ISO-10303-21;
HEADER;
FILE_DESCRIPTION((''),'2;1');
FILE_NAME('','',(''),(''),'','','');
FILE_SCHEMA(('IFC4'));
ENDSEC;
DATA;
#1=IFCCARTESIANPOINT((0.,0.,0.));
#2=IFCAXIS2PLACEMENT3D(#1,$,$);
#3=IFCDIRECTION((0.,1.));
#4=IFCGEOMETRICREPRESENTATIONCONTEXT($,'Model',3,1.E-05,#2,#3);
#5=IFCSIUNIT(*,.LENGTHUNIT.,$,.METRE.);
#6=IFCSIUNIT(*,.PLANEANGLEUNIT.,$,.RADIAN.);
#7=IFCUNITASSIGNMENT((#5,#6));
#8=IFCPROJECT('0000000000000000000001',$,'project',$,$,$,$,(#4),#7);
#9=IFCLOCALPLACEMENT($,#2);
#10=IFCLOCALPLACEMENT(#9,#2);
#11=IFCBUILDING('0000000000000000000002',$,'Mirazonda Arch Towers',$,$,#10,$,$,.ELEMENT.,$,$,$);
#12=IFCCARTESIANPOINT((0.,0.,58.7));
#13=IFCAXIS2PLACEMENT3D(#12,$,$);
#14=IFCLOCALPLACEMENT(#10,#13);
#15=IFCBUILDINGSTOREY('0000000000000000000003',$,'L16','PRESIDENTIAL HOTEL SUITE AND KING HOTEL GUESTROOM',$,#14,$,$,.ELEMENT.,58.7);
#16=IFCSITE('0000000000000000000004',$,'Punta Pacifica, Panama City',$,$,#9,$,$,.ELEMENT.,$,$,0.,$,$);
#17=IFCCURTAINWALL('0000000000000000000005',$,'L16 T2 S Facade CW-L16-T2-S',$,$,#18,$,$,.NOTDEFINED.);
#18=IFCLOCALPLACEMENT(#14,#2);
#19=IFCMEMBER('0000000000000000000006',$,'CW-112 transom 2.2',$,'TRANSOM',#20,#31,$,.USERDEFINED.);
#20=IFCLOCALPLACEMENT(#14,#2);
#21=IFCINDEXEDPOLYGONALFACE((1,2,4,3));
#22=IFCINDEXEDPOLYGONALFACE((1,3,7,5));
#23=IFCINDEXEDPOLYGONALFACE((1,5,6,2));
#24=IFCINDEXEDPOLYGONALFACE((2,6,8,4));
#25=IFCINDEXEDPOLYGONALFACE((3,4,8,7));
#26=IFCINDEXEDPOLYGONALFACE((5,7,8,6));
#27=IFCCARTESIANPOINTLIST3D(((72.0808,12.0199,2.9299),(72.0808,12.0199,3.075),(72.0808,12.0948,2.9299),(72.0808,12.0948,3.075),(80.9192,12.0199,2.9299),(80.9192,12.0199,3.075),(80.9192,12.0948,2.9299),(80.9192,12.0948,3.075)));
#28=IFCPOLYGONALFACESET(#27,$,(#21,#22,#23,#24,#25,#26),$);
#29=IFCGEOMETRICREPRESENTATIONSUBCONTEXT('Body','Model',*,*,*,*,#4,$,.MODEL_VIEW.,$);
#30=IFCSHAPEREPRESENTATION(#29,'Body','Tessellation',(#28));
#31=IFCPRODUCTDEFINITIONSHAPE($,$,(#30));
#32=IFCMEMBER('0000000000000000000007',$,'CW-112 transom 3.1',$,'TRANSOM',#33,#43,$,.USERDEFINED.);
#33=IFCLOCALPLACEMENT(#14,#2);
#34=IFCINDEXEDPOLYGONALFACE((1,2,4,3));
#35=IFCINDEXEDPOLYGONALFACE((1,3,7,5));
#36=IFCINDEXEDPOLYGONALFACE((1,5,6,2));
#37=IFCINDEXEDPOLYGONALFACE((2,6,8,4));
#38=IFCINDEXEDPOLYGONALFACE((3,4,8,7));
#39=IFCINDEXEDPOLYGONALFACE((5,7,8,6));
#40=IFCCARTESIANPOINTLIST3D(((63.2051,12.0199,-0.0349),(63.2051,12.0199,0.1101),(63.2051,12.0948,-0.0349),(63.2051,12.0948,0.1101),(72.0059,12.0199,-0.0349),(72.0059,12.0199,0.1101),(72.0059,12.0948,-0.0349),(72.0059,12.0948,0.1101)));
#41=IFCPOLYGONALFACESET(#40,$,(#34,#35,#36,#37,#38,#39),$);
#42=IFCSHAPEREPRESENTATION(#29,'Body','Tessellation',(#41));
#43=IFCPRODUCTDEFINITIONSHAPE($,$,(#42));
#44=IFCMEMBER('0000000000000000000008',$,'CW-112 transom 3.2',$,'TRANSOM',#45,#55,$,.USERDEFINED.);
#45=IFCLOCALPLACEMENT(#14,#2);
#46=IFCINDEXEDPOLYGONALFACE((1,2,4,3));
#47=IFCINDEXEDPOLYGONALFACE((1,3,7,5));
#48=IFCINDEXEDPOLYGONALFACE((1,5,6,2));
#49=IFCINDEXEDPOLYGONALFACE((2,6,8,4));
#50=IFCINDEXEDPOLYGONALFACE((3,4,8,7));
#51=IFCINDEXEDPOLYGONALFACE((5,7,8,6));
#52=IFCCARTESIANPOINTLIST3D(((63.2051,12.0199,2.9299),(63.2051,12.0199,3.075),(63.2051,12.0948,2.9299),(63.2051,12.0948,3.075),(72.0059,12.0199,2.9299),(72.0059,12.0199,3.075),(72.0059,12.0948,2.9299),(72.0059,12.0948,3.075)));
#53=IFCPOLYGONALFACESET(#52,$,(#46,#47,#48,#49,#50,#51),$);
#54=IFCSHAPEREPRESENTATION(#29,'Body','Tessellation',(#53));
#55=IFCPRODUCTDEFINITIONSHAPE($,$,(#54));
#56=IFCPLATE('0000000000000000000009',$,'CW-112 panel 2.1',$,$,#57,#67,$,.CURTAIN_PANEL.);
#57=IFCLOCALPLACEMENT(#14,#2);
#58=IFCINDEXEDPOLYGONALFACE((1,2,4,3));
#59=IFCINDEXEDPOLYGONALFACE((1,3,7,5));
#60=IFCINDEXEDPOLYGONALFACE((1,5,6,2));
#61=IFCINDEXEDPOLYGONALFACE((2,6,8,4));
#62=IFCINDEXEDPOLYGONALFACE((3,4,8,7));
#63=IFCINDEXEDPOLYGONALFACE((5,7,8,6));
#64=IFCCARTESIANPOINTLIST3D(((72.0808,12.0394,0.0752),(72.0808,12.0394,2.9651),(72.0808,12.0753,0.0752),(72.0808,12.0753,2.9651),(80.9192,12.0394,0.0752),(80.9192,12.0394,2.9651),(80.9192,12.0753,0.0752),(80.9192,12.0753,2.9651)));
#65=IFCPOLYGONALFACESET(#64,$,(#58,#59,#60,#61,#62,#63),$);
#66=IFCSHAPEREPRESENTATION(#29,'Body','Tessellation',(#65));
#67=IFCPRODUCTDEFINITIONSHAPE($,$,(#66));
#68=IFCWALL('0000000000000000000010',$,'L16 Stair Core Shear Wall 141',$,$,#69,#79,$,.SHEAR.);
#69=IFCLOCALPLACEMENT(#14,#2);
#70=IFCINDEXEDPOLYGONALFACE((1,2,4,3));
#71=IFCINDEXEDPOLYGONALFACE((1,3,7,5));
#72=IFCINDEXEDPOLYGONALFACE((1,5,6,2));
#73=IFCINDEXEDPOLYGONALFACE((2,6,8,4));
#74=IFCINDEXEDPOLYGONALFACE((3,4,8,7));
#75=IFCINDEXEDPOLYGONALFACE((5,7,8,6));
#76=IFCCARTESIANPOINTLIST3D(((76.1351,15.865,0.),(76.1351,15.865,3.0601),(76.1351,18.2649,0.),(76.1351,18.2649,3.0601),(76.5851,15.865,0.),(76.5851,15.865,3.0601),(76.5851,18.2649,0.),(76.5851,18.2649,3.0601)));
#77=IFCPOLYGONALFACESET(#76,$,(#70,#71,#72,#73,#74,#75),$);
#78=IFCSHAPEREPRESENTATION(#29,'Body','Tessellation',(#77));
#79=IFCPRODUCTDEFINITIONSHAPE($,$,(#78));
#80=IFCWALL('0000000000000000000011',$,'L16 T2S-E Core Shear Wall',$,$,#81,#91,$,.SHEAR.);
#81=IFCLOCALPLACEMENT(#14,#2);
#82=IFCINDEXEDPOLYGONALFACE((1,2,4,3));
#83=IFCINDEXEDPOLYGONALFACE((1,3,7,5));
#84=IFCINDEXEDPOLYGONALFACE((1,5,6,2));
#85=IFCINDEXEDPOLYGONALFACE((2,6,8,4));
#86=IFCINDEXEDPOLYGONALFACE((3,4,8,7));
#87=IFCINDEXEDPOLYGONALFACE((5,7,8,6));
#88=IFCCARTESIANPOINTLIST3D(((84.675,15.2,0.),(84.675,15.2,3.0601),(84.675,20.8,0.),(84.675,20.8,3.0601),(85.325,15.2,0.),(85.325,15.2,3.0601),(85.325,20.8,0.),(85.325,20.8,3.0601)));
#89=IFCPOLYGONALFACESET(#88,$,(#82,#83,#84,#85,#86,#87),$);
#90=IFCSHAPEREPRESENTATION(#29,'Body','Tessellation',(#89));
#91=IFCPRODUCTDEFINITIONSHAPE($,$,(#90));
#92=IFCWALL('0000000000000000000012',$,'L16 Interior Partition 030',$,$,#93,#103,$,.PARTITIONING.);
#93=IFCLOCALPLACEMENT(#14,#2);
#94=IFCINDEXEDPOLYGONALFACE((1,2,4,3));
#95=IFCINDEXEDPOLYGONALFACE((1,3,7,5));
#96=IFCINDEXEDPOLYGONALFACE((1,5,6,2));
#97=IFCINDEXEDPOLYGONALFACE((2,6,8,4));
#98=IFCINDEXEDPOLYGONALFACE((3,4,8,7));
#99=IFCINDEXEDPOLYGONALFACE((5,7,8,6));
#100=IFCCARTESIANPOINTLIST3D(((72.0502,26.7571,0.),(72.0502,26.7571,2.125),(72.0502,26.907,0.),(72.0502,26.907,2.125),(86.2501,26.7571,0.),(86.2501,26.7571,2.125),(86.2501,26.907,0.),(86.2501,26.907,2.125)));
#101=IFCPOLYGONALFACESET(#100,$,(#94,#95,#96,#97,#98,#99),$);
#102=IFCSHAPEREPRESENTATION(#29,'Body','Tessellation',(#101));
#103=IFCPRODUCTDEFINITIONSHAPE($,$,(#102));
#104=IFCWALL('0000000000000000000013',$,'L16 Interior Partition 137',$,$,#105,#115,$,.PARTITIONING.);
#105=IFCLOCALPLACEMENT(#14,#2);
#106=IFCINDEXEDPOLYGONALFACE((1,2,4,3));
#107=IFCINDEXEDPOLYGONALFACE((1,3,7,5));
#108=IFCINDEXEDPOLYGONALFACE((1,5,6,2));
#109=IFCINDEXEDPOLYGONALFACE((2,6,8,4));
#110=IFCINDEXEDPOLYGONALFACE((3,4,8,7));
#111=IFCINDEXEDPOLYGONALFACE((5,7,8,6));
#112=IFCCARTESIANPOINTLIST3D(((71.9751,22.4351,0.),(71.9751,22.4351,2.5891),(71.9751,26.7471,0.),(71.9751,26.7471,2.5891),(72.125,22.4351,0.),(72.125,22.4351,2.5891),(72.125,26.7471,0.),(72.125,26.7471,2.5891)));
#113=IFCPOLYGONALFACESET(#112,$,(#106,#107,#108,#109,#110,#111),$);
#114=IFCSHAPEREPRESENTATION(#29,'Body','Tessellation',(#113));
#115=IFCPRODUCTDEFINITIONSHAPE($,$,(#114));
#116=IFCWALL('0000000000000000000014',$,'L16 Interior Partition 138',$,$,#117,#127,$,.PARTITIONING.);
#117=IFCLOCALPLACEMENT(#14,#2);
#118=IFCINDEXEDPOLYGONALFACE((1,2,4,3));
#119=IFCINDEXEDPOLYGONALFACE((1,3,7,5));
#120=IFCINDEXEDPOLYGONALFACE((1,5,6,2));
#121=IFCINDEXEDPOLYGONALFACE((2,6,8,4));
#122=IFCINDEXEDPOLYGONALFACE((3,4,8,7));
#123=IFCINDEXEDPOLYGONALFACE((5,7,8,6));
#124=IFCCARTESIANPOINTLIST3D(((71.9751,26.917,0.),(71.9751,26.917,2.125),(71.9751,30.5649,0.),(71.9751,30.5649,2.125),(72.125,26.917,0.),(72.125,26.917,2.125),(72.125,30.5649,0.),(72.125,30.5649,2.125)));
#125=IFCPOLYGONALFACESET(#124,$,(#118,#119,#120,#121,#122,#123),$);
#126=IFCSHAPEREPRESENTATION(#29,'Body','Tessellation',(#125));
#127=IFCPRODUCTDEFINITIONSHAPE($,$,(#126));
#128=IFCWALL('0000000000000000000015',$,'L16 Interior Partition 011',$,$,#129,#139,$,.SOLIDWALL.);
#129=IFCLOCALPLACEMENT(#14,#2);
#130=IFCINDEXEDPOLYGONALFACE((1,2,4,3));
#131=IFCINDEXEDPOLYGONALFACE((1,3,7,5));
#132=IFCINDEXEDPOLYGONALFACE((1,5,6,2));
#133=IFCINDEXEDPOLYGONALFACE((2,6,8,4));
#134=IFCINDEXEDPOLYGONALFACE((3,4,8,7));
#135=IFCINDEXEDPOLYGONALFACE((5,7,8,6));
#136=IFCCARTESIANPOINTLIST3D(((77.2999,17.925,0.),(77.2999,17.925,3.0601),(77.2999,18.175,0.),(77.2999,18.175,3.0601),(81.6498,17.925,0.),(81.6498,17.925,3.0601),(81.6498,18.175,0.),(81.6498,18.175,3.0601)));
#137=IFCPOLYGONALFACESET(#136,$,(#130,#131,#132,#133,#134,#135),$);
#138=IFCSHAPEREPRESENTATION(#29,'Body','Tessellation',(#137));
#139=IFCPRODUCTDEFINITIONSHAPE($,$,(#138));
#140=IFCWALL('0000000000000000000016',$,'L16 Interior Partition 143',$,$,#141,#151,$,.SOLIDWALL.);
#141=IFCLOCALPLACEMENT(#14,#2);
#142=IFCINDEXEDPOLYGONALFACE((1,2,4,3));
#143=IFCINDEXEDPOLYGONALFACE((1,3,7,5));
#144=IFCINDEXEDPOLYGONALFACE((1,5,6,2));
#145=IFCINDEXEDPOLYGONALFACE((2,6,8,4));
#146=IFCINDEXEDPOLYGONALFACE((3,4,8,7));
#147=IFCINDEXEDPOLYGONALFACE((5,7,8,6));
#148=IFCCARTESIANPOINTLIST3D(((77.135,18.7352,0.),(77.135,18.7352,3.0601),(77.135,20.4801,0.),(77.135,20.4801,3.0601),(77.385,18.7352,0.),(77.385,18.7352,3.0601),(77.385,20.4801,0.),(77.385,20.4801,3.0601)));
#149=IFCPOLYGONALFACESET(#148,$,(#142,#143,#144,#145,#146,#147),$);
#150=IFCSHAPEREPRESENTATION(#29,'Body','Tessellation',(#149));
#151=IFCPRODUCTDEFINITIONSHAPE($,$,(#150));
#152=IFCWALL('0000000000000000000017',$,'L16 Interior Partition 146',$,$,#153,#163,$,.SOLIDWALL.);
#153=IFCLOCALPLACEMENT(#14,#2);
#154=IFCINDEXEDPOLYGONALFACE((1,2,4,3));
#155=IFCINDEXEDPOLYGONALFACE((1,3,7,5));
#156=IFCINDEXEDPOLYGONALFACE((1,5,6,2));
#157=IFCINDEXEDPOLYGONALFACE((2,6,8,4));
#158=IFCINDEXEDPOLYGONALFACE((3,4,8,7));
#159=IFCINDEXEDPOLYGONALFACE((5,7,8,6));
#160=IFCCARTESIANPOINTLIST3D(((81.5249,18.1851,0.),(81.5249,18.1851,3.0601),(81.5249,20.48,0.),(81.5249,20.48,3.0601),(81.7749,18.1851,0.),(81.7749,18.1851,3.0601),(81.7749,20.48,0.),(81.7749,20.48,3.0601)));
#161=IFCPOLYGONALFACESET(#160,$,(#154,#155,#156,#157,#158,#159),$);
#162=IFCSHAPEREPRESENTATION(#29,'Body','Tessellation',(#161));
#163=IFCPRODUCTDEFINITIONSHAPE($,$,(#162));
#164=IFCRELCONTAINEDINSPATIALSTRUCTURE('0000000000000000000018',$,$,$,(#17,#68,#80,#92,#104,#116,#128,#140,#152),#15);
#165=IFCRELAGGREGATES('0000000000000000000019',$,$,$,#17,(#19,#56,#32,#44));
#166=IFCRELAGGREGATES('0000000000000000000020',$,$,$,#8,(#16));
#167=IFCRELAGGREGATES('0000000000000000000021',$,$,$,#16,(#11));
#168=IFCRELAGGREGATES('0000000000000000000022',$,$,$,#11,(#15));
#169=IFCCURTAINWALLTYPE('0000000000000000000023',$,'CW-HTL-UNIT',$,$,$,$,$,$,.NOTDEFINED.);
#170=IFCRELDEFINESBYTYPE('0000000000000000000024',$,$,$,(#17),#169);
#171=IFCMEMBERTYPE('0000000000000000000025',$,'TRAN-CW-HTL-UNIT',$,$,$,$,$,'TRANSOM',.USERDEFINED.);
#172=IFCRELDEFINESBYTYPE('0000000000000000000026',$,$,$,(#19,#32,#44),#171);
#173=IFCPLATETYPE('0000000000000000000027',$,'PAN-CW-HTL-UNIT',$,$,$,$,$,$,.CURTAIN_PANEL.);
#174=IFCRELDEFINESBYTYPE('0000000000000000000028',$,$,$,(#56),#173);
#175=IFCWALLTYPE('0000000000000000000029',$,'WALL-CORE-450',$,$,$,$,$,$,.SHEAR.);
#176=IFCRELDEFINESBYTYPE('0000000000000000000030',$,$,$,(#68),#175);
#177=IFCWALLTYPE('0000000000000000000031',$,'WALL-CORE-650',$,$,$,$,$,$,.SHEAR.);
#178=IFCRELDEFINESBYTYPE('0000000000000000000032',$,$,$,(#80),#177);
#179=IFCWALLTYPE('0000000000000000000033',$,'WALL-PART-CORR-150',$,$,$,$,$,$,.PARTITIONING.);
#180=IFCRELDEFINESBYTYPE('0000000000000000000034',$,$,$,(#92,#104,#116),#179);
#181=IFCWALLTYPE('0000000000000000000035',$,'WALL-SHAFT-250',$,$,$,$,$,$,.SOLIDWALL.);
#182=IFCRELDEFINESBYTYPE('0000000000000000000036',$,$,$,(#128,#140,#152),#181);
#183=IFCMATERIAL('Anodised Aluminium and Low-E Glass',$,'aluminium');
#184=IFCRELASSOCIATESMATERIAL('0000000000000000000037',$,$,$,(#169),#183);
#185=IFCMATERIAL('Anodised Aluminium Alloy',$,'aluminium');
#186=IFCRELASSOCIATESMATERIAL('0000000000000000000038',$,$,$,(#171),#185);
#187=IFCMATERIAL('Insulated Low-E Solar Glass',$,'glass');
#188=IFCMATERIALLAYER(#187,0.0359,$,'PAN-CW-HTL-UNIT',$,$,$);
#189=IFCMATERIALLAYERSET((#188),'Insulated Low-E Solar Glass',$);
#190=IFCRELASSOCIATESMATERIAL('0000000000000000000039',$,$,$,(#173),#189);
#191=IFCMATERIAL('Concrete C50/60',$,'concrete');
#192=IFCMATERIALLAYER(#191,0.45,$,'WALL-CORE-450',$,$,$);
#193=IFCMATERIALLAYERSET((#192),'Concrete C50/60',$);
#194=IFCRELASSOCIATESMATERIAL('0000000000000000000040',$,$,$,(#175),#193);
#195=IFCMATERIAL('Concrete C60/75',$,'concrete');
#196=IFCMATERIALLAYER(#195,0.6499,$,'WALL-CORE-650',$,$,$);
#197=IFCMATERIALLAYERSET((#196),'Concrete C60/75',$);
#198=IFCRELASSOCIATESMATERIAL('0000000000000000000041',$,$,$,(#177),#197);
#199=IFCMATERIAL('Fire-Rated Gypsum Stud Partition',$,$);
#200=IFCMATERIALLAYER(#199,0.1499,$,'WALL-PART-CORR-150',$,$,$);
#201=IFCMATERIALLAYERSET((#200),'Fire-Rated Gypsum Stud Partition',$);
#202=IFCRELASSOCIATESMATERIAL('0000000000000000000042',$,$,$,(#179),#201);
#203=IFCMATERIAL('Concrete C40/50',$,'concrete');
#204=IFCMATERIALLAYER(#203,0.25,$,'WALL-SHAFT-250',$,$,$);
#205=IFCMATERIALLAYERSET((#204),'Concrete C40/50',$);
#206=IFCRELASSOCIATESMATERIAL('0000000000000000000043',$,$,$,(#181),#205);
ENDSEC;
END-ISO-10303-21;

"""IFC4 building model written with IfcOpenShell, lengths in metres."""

from ifc_helpers import new_model, si_unit, direction, frame, frame_2d, origin, origin_2d, place, context, subcontext, project, spatial, rectangle, extrude, material, layer, layer_set, material_profile, profile_set, type_object, element, aggregate, save


model = new_model("IFC4")

# Units and contexts
model_context = context("Model", 3, precision=1e-05, world=origin(), true_north=direction((0.0, 1.0)))
body_context = subcontext(model_context, "Body", "Model", "MODEL_VIEW")
ifc_project = project(units=[si_unit("LENGTHUNIT", "METRE"), si_unit("PLANEANGLEUNIT", "RADIAN")], contexts=[model_context])

# Site, building, storey
site_placement = place(None, origin())
site = spatial("IfcSite", under=ifc_project, at=site_placement, Name="Punta Pacifica, Panama City", CompositionType="ELEMENT", RefElevation=0.0)
building_placement = place(site_placement, origin())
building = spatial("IfcBuilding", under=site, at=building_placement, Name="Mirazonda Arch Towers", CompositionType="ELEMENT")
storey_placement = place(building_placement, frame((0.0, 0.0, 58.7)))
storey = spatial("IfcBuildingStorey", under=building, at=storey_placement, Name="L16", Description="PRESIDENTIAL HOTEL SUITE AND KING HOTEL GUESTROOM", CompositionType="ELEMENT", Elevation=58.7)

# Shared definitions
ifc_material_1 = material(Name="Concrete C60/75", Category="concrete")

# Curtain wall, members, plate
ifc_material_2 = material(Name="Anodised Aluminium and Low-E Glass", Category="aluminium")
curtain_wall_type = type_object("IfcCurtainWallType", Name="CW-HTL-UNIT", PredefinedType="NOTDEFINED", material=ifc_material_2)
curtain_wall_placement = place(storey_placement, origin())
curtain_wall = element("IfcCurtainWall", 1, at=curtain_wall_placement, inside=storey, type_object=curtain_wall_type, Name="L16 T2 S Facade CW-L16-T2-S", PredefinedType="NOTDEFINED")
ifc_material_3 = material(Name="Anodised Aluminium Alloy", Category="aluminium")
ifc_material_profile_1 = material_profile(ifc_material_3, rectangle(XDim=0.075, YDim=0.145, at=origin_2d()), Name="ALU-TRAN-75x145")
ifc_profile_set_1 = profile_set([ifc_material_profile_1], Name="Anodised Aluminium Alloy")
member_type_1 = type_object("IfcMemberType", Name="TRAN-CW-HTL-UNIT", ElementType="TRANSOM", PredefinedType="USERDEFINED", material=ifc_profile_set_1)
member_1_placement = place(storey_placement, frame((80.9192, 12.0574, 3.0024), z_axis=(-1.0, 0.0, 0.0), x_axis=(0.0, -1.0, 0.0)))
member_1 = element("IfcMember", 2, at=member_1_placement, type_object=member_type_1, Name="CW-112 transom 2.2", ObjectType="TRANSOM", PredefinedType="USERDEFINED", context=body_context, shape_type="SweptSolid", body=[
    extrude(rectangle(XDim=0.075, YDim=0.145, at=origin_2d()), origin(), (0.0, 0.0, 1.0), 8.8384),
])
member_2_placement = place(storey_placement, frame((72.0059, 12.0574, 0.0376), z_axis=(-1.0, 0.0, 0.0), x_axis=(0.0, -1.0, 0.0)))
member_2 = element("IfcMember", 3, at=member_2_placement, type_object=member_type_1, Name="CW-112 transom 3.1", ObjectType="TRANSOM", PredefinedType="USERDEFINED", context=body_context, shape_type="SweptSolid", body=[
    extrude(rectangle(XDim=0.075, YDim=0.145, at=origin_2d()), origin(), (0.0, 0.0, 1.0), 8.8008),
])
member_3_placement = place(storey_placement, frame((72.0059, 12.0574, 3.0024), z_axis=(-1.0, 0.0, 0.0), x_axis=(0.0, -1.0, 0.0)))
member_3 = element("IfcMember", 4, at=member_3_placement, type_object=member_type_1, Name="CW-112 transom 3.2", ObjectType="TRANSOM", PredefinedType="USERDEFINED", context=body_context, shape_type="SweptSolid", body=[
    extrude(rectangle(XDim=0.075, YDim=0.145, at=origin_2d()), origin(), (0.0, 0.0, 1.0), 8.8008),
])
ifc_material_4 = material(Name="Insulated Low-E Solar Glass", Category="glass")
ifc_layer_1 = layer(ifc_material_4, 0.0359, Name="PAN-CW-HTL-UNIT")
ifc_layer_set_1 = layer_set([ifc_layer_1], Name="Insulated Low-E Solar Glass")
plate_type = type_object("IfcPlateType", Name="PAN-CW-HTL-UNIT", PredefinedType="CURTAIN_PANEL", material=ifc_layer_set_1)
plate_placement = place(storey_placement, frame((76.5, 12.0574, 0.0752), z_axis=(0.0, 0.0, 1.0), x_axis=(-1.0, 0.0, 0.0)))
plate = element("IfcPlate", 5, at=plate_placement, type_object=plate_type, Name="CW-112 panel 2.1", PredefinedType="CURTAIN_PANEL", context=body_context, shape_type="SweptSolid", body=[
    extrude(rectangle(XDim=8.8384, YDim=0.0359, at=origin_2d()), origin(), (0.0, 0.0, 1.0), 2.8899),
])
aggregate(curtain_wall, [member_1, plate, member_2, member_3])

# Walls
ifc_material_5 = material(Name="Concrete C50/60", Category="concrete")
ifc_layer_2 = layer(ifc_material_5, 0.45, Name="WALL-CORE-450")
ifc_layer_set_2 = layer_set([ifc_layer_2], Name="Concrete C50/60")
wall_type_1 = type_object("IfcWallType", Name="WALL-CORE-450", PredefinedType="SHEAR", material=ifc_layer_set_2)
wall_1_placement = place(storey_placement, frame((76.3601, 15.865, 0.0), z_axis=(0.0, 0.0, 1.0), x_axis=(0.0, 1.0, 0.0)))
element("IfcWall", 6, at=wall_1_placement, inside=storey, type_object=wall_type_1, Name="L16 Stair Core Shear Wall 141", PredefinedType="SHEAR", context=body_context, shape_type="SweptSolid", body=[
    extrude(rectangle(XDim=2.3999, YDim=0.45, at=frame_2d((1.2, 0.0))), origin(), (0.0, 0.0, 1.0), 3.0601),
])
ifc_layer_3 = layer(ifc_material_1, 0.6499, Name="WALL-CORE-650")
ifc_layer_set_3 = layer_set([ifc_layer_3], Name="Concrete C60/75")
wall_type_2 = type_object("IfcWallType", Name="WALL-CORE-650", PredefinedType="SHEAR", material=ifc_layer_set_3)
wall_2_placement = place(storey_placement, frame((85.0, 15.2, 0.0), z_axis=(0.0, 0.0, 1.0), x_axis=(0.0, 1.0, 0.0)))
element("IfcWall", 7, at=wall_2_placement, inside=storey, type_object=wall_type_2, Name="L16 T2S-E Core Shear Wall", PredefinedType="SHEAR", context=body_context, shape_type="SweptSolid", body=[
    extrude(rectangle(XDim=5.6001, YDim=0.6499, at=frame_2d((2.8, 0.0))), origin(), (0.0, 0.0, 1.0), 3.0601),
])
ifc_material_6 = material(Name="Fire-Rated Gypsum Stud Partition")
ifc_layer_4 = layer(ifc_material_6, 0.1499, Name="WALL-PART-CORR-150")
ifc_layer_set_4 = layer_set([ifc_layer_4], Name="Fire-Rated Gypsum Stud Partition")
wall_type_3 = type_object("IfcWallType", Name="WALL-PART-CORR-150", PredefinedType="PARTITIONING", material=ifc_layer_set_4)
wall_3_placement = place(storey_placement, frame((72.05, 26.832, 0.0), z_axis=(0.0, 0.0, 1.0), x_axis=(1.0, 0.0, 0.0)))
element("IfcWall", 8, at=wall_3_placement, inside=storey, type_object=wall_type_3, Name="L16 Interior Partition 030", PredefinedType="PARTITIONING", context=body_context, shape_type="SweptSolid", body=[
    extrude(rectangle(XDim=14.2, YDim=0.1499, at=frame_2d((7.1001, 0.0))), origin(), (0.0, 0.0, 1.0), 2.125),
])
wall_4_placement = place(storey_placement, frame((72.05, 22.4351, 0.0), z_axis=(0.0, 0.0, 1.0), x_axis=(0.0, 1.0, 0.0)))
element("IfcWall", 9, at=wall_4_placement, inside=storey, type_object=wall_type_3, Name="L16 Interior Partition 137", PredefinedType="PARTITIONING", context=body_context, shape_type="SweptSolid", body=[
    extrude(rectangle(XDim=4.312, YDim=0.1499, at=frame_2d((2.156, 0.0))), origin(), (0.0, 0.0, 1.0), 2.5891),
])
wall_5_placement = place(storey_placement, frame((72.05, 26.917, 0.0), z_axis=(0.0, 0.0, 1.0), x_axis=(0.0, 1.0, 0.0)))
element("IfcWall", 10, at=wall_5_placement, inside=storey, type_object=wall_type_3, Name="L16 Interior Partition 138", PredefinedType="PARTITIONING", context=body_context, shape_type="SweptSolid", body=[
    extrude(rectangle(XDim=3.6479, YDim=0.1499, at=frame_2d((1.824, 0.0))), origin(), (0.0, 0.0, 1.0), 2.125),
])
ifc_material_7 = material(Name="Concrete C40/50", Category="concrete")
ifc_layer_5 = layer(ifc_material_7, 0.25, Name="WALL-SHAFT-250")
ifc_layer_set_5 = layer_set([ifc_layer_5], Name="Concrete C40/50")
wall_type_4 = type_object("IfcWallType", Name="WALL-SHAFT-250", PredefinedType="SOLIDWALL", material=ifc_layer_set_5)
wall_6_placement = place(storey_placement, frame((77.3, 18.05, 0.0), z_axis=(0.0, 0.0, 1.0), x_axis=(1.0, 0.0, 0.0)))
element("IfcWall", 11, at=wall_6_placement, inside=storey, type_object=wall_type_4, Name="L16 Interior Partition 011", PredefinedType="SOLIDWALL", context=body_context, shape_type="SweptSolid", body=[
    extrude(rectangle(XDim=4.3499, YDim=0.25, at=frame_2d((2.1748, 0.0))), origin(), (0.0, 0.0, 1.0), 3.0601),
])
wall_7_placement = place(storey_placement, frame((77.26, 18.7351, 0.0), z_axis=(0.0, 0.0, 1.0), x_axis=(0.0, 1.0, 0.0)))
element("IfcWall", 12, at=wall_7_placement, inside=storey, type_object=wall_type_4, Name="L16 Interior Partition 143", PredefinedType="SOLIDWALL", context=body_context, shape_type="SweptSolid", body=[
    extrude(rectangle(XDim=1.7449, YDim=0.25, at=frame_2d((0.8726, 0.0))), origin(), (0.0, 0.0, 1.0), 3.0601),
])
wall_8_placement = place(storey_placement, frame((81.6499, 18.1851, 0.0), z_axis=(0.0, 0.0, 1.0), x_axis=(0.0, 1.0, 0.0)))
element("IfcWall", 13, at=wall_8_placement, inside=storey, type_object=wall_type_4, Name="L16 Interior Partition 146", PredefinedType="SOLIDWALL", context=body_context, shape_type="SweptSolid", body=[
    extrude(rectangle(XDim=2.2949, YDim=0.25, at=frame_2d((1.1475, 0.0))), origin(), (0.0, 0.0, 1.0), 3.0601),
])

save(model, "model.ifc")
